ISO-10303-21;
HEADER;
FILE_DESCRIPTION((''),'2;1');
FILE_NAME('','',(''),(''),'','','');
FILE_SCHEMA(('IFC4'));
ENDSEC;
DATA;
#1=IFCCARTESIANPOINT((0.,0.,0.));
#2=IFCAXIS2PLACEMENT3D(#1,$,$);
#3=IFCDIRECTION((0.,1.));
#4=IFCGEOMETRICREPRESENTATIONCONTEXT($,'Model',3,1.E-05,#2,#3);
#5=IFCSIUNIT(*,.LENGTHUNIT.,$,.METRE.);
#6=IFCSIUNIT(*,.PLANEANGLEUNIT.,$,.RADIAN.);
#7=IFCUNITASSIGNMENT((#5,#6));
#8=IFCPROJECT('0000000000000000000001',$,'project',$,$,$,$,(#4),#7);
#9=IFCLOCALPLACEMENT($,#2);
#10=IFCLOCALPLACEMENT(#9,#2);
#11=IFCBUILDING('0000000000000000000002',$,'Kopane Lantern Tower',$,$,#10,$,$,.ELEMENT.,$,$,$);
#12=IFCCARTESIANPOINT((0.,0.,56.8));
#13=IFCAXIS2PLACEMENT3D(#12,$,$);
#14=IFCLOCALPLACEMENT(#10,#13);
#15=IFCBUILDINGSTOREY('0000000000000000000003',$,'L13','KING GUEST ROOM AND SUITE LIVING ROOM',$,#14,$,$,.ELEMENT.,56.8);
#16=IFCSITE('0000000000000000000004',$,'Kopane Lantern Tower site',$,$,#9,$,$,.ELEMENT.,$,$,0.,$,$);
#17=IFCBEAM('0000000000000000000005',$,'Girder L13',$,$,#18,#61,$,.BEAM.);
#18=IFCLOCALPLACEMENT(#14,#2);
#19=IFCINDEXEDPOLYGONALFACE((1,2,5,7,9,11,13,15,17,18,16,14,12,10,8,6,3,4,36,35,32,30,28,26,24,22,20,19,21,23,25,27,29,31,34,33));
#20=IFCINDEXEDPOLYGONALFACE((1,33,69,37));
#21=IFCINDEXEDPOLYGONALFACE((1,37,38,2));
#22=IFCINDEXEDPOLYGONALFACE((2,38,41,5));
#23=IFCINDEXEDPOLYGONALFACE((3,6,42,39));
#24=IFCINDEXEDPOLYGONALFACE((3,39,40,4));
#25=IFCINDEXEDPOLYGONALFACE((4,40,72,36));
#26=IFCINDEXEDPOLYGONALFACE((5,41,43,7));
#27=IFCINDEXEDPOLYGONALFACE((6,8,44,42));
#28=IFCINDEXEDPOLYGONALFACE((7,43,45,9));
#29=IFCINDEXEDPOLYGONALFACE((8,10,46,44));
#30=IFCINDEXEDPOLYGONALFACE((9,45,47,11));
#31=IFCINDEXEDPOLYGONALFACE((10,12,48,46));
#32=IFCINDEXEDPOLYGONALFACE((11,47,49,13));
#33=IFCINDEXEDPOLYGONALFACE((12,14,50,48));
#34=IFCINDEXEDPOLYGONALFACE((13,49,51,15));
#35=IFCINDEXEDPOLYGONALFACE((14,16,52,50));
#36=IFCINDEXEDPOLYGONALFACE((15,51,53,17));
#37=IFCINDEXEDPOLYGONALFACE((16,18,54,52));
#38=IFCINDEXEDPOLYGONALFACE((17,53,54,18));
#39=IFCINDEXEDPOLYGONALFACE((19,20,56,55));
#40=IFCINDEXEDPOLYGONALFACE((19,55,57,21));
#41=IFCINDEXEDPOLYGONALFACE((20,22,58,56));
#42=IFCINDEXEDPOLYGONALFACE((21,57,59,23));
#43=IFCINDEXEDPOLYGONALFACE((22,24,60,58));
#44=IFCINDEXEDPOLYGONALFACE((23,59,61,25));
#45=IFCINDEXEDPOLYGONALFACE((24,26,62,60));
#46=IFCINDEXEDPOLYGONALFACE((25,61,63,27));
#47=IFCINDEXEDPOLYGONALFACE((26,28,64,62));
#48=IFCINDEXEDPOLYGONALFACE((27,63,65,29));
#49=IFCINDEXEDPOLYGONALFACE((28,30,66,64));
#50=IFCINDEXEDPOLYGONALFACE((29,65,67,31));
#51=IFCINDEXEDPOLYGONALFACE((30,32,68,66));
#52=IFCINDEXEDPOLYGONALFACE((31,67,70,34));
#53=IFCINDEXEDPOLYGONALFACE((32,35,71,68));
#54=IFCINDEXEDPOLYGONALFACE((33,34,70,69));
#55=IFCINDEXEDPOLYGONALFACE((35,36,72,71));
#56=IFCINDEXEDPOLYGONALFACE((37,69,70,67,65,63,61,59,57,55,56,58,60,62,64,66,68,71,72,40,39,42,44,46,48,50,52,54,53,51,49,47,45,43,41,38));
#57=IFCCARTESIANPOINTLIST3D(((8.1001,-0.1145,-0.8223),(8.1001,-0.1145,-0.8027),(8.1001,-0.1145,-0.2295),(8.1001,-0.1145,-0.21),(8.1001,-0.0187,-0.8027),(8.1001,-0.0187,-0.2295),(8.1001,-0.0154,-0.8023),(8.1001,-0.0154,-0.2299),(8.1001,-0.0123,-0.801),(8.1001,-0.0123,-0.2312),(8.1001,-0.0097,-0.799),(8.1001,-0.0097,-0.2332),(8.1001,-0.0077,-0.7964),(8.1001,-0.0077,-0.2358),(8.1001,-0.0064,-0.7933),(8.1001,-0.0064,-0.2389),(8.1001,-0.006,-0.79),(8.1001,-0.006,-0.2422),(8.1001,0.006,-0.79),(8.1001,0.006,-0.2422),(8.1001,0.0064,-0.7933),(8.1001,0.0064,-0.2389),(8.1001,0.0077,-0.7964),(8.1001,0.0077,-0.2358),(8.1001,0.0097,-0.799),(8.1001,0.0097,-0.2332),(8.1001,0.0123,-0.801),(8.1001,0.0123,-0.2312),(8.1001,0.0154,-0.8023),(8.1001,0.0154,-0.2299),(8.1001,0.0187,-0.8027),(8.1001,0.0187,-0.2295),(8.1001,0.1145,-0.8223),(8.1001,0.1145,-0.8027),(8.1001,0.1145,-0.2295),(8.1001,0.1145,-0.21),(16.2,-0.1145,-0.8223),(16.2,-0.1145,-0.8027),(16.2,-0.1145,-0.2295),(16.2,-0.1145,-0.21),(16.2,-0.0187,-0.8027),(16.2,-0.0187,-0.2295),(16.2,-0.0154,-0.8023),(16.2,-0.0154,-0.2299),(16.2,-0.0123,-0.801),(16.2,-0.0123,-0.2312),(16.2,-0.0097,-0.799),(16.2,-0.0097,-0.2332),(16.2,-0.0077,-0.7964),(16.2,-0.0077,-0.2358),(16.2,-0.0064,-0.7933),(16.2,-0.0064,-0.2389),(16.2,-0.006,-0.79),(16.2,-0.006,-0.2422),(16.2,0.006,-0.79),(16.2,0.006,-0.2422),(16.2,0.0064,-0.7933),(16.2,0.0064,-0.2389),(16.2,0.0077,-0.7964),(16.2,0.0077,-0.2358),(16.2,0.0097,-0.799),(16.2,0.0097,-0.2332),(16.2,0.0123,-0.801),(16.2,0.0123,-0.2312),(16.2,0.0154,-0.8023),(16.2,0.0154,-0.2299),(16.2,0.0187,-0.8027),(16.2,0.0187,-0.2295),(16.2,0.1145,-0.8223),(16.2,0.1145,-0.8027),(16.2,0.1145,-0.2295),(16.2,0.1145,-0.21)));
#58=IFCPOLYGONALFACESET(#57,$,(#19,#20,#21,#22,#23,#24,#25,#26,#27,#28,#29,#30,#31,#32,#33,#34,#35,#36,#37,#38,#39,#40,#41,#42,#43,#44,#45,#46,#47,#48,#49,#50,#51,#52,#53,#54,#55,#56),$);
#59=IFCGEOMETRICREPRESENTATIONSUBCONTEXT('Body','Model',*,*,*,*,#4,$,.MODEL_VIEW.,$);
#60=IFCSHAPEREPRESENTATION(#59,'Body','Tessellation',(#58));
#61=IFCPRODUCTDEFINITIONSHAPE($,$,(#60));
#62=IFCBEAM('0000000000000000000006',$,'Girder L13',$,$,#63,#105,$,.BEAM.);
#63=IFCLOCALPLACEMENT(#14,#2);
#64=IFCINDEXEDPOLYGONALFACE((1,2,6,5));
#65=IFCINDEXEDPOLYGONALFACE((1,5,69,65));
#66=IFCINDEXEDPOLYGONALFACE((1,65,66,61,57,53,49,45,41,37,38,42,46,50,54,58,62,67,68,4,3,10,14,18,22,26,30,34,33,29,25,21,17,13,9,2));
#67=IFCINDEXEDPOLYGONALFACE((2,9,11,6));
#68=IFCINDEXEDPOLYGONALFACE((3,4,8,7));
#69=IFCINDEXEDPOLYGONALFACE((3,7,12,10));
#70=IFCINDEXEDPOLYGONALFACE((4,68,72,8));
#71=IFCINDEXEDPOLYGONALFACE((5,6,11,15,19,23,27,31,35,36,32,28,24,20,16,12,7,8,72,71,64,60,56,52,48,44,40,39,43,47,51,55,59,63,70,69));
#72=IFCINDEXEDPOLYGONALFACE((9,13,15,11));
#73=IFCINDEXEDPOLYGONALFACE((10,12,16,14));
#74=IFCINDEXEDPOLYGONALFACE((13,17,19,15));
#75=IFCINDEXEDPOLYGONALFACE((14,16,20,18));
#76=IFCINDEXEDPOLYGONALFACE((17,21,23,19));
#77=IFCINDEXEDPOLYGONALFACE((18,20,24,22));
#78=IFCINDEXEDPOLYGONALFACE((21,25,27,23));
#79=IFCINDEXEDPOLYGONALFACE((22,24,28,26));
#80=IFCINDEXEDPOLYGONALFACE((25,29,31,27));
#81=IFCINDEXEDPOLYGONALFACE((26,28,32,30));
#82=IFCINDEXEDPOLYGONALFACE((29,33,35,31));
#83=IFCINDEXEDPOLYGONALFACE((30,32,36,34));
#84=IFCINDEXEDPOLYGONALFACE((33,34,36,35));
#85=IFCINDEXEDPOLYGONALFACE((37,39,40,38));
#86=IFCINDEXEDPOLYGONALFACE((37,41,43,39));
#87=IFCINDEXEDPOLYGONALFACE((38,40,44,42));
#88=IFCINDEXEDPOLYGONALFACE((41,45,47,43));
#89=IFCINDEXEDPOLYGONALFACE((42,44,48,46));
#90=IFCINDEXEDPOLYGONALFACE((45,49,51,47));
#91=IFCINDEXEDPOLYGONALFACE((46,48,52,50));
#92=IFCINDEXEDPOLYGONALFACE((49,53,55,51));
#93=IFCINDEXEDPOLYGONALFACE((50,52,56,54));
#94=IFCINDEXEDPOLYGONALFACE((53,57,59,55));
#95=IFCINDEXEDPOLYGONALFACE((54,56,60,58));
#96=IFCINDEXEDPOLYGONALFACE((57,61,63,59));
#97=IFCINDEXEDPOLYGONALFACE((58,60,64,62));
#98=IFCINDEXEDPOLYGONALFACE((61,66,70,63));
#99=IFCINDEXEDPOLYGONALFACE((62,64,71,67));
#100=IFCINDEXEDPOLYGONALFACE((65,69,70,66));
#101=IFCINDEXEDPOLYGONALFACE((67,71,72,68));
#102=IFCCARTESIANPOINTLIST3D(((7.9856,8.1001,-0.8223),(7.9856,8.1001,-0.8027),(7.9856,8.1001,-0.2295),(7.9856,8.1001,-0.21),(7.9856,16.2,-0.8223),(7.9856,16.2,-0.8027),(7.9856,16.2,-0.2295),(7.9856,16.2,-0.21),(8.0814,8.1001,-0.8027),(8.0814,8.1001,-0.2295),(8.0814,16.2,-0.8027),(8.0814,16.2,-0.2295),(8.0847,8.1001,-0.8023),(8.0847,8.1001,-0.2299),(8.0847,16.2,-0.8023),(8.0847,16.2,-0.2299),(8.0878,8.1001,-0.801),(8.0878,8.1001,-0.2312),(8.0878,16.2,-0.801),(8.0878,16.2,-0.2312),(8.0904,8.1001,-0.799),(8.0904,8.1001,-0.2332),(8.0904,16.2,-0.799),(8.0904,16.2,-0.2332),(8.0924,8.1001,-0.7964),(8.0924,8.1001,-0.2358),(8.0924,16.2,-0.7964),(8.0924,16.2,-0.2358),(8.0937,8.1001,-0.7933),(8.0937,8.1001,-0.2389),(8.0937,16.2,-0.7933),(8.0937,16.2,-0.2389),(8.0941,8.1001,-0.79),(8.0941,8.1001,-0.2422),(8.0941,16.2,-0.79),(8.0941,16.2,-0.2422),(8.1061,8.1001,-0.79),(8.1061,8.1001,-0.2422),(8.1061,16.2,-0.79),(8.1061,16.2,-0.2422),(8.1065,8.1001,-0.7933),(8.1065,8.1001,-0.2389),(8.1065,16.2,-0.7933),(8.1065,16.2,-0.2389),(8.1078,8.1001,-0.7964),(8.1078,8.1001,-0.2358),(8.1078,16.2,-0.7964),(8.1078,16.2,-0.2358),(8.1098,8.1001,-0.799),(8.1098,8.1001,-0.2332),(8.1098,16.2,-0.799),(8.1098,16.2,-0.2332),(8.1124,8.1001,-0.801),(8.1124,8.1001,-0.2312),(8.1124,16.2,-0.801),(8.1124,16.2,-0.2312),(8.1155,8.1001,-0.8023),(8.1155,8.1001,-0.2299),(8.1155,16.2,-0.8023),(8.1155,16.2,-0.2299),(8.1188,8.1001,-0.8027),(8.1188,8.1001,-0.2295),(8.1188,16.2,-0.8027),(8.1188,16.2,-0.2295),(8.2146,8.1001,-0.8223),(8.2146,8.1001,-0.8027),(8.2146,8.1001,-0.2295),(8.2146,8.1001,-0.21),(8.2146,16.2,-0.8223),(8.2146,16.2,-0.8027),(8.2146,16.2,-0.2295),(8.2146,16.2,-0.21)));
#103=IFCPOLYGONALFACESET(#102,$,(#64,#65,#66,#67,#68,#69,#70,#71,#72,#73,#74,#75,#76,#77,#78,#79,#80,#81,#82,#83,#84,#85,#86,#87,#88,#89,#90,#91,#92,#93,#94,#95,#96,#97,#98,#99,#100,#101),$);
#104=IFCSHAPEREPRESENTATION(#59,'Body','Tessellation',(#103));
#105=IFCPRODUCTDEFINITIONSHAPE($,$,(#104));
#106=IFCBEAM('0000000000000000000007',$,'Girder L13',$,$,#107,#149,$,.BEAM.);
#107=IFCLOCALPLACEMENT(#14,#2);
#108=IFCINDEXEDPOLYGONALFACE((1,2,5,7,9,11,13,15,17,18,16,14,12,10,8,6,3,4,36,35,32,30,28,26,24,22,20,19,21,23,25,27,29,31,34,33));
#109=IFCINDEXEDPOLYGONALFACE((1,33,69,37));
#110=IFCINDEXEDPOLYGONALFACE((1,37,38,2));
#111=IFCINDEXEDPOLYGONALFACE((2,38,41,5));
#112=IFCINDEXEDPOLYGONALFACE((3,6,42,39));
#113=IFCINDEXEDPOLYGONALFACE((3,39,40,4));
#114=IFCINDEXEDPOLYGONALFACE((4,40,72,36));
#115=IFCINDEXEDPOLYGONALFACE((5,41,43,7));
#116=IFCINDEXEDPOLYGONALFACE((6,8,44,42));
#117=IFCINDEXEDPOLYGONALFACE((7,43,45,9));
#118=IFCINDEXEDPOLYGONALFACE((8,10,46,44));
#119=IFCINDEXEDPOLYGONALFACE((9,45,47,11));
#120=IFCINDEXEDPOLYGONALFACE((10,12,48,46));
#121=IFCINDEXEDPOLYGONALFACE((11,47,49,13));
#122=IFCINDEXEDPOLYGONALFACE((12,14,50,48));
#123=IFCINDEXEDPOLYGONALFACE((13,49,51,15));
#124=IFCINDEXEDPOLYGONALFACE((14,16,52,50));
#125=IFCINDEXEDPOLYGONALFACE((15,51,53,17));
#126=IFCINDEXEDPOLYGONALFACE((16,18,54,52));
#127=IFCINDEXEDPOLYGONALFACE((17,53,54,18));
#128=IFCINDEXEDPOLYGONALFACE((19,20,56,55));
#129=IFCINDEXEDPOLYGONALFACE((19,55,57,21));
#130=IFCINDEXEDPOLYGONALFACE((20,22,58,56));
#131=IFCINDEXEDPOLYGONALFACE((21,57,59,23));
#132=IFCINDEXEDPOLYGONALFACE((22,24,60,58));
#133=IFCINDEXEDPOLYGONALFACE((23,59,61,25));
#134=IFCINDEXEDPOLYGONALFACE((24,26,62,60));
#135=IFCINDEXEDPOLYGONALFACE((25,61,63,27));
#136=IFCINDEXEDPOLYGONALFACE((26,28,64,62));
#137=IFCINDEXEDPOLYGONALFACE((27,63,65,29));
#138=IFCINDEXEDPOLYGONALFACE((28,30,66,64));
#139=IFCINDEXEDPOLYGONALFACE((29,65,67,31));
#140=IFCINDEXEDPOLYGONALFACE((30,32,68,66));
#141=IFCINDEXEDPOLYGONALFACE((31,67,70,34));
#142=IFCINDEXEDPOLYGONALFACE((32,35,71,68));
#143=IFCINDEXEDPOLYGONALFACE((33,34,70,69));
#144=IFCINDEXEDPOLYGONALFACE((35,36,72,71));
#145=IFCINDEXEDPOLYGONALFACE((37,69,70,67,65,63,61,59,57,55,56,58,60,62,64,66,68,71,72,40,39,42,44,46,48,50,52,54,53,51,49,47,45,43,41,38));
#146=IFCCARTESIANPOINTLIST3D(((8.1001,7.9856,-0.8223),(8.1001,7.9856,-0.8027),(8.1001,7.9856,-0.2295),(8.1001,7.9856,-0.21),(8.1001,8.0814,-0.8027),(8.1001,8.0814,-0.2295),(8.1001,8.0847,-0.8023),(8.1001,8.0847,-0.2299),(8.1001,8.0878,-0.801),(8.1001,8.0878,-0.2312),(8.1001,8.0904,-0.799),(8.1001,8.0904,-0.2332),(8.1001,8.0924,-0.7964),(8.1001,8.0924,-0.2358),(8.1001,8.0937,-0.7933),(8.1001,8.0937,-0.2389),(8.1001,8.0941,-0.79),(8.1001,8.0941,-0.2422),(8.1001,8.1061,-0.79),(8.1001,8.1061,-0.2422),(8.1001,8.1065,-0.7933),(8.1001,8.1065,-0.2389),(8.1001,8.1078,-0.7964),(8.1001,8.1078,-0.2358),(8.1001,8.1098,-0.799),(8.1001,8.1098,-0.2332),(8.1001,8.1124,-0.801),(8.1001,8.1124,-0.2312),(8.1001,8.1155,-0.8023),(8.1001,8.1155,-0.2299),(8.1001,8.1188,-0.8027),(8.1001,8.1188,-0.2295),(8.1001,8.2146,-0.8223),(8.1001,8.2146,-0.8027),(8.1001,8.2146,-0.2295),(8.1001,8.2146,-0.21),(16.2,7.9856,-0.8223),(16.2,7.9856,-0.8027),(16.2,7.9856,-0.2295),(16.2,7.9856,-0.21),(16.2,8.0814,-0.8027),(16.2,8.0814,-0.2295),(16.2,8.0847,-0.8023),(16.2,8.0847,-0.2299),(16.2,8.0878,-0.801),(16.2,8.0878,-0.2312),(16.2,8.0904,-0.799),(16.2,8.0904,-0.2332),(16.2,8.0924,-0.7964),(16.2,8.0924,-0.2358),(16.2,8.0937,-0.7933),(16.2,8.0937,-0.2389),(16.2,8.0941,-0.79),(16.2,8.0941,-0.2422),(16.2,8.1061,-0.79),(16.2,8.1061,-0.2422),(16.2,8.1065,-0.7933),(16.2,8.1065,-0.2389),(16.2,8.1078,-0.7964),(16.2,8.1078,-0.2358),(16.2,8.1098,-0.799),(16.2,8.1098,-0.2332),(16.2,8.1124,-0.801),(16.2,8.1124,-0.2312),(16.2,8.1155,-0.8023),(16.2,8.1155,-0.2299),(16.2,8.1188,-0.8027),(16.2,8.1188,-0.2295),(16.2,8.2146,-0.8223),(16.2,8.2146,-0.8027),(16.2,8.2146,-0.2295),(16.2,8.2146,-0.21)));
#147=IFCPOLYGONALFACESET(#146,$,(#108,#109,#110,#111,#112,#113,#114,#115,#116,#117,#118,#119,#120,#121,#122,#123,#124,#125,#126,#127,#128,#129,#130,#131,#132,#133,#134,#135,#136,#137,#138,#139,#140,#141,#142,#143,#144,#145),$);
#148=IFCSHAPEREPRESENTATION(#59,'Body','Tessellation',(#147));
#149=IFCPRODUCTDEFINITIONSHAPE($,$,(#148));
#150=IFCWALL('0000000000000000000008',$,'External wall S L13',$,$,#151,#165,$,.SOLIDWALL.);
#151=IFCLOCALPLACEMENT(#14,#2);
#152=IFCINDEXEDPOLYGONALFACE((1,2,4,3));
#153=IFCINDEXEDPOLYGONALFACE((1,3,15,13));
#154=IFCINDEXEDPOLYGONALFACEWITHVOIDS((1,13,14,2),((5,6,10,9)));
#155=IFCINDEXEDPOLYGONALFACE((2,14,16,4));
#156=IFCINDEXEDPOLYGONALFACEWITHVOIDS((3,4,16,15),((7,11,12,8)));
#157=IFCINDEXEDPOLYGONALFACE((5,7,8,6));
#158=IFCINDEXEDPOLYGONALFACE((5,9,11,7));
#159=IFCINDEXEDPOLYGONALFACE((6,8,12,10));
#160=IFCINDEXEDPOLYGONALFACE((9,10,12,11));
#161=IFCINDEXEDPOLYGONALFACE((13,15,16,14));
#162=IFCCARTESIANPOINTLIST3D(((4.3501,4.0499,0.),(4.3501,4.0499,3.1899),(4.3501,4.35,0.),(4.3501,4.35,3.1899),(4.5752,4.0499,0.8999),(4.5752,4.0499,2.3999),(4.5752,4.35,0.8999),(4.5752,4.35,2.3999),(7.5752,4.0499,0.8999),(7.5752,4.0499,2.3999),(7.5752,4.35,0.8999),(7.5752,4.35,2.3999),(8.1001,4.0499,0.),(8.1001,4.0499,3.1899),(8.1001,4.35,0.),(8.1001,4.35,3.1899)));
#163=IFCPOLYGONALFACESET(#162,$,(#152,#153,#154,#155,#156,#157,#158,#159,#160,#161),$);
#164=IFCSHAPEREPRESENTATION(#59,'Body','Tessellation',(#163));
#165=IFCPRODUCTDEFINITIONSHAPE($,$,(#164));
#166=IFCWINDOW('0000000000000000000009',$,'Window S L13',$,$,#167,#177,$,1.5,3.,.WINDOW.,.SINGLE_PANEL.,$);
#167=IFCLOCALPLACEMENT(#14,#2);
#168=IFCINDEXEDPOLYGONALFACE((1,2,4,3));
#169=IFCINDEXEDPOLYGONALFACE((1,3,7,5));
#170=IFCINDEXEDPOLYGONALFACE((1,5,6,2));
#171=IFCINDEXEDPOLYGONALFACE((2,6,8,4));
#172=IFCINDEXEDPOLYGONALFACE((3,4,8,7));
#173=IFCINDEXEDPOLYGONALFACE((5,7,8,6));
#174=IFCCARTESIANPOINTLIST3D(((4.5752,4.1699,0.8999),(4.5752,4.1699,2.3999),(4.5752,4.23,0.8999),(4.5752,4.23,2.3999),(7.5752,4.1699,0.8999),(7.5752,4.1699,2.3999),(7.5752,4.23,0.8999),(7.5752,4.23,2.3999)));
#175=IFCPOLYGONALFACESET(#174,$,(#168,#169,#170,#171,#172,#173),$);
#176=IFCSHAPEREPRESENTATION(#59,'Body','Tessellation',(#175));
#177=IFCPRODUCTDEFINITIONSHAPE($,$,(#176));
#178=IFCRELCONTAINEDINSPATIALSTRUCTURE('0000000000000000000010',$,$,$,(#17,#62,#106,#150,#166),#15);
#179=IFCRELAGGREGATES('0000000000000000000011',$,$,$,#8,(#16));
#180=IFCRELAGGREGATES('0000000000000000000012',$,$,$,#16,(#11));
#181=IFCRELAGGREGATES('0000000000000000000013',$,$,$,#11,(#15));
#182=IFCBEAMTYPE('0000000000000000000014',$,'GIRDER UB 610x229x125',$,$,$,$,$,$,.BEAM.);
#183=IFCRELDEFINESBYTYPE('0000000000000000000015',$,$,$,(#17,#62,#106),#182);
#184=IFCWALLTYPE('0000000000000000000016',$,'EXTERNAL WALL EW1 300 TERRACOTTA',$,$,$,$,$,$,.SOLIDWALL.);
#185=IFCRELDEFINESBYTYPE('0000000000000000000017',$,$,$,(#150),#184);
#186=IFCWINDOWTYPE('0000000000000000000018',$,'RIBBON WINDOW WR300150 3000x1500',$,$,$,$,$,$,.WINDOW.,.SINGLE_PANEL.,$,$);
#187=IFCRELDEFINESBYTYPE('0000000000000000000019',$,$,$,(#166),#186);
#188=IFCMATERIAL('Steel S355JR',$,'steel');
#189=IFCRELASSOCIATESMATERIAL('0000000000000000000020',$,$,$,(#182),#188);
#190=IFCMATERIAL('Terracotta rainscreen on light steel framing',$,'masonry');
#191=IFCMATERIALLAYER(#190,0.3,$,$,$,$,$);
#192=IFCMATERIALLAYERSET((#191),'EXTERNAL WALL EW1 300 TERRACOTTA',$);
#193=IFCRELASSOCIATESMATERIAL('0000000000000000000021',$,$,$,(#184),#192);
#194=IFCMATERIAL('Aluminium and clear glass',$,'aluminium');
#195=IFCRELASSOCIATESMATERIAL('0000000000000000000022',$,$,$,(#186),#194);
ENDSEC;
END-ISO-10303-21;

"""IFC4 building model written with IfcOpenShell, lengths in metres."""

from ifc_helpers import new_model, si_unit, direction, frame, frame_2d, origin, origin_2d, place, context, subcontext, project, spatial, rectangle, i_section, extrude, material, layer, layer_set, material_profile, profile_set, type_object, element, fill, save


model = new_model("IFC4")

# Units and contexts
model_context = context("Model", 3, precision=1e-05, world=origin(), true_north=direction((0.0, 1.0)))
body_context = subcontext(model_context, "Body", "Model", "MODEL_VIEW")
ifc_project = project(units=[si_unit("LENGTHUNIT", "METRE"), si_unit("PLANEANGLEUNIT", "RADIAN")], contexts=[model_context])

# Site, building, storey
site_placement = place(None, origin())
site = spatial("IfcSite", under=ifc_project, at=site_placement, Name="Kopane Lantern Tower site", CompositionType="ELEMENT", RefElevation=0.0)
building_placement = place(site_placement, origin())
building = spatial("IfcBuilding", under=site, at=building_placement, Name="Kopane Lantern Tower", CompositionType="ELEMENT")
storey_placement = place(building_placement, frame((0.0, 0.0, 56.8)))
storey = spatial("IfcBuildingStorey", under=building, at=storey_placement, Name="L13", Description="KING GUEST ROOM AND SUITE LIVING ROOM", CompositionType="ELEMENT", Elevation=56.8)

# Beams
ifc_material_1 = material(Name="Steel S355JR", Category="steel")
ifc_material_profile_1 = material_profile(ifc_material_1, i_section(OverallWidth=0.229, OverallDepth=0.6123, WebThickness=0.012, FlangeThickness=0.0195, FilletRadius=0.0127, at=origin_2d()), Name="UB 610x229x125")
ifc_profile_set_1 = profile_set([ifc_material_profile_1], Name="Steel S355JR")
beam_type_1 = type_object("IfcBeamType", Name="GIRDER UB 610x229x125", PredefinedType="BEAM", material=ifc_profile_set_1)
for number, where, z_axis, x_axis, name in (
    (1, (8.1001, 0.0, -0.5161), (1.0, 0.0, 0.0), (0.0, 1.0, 0.0), "Girder L13"),
    (2, (8.1001, 8.1001, -0.5161), (0.0, 1.0, 0.0), (-1.0, 0.0, 0.0), "Girder L13"),
    (3, (8.1001, 8.1001, -0.5161), (1.0, 0.0, 0.0), (0.0, 1.0, 0.0), "Girder L13"),
):
    element("IfcBeam", number, at=place(storey_placement, frame(where, z_axis=z_axis, x_axis=x_axis)), inside=storey, type_object=beam_type_1, Name=name, PredefinedType="BEAM", context=body_context, shape_type="SweptSolid", body=[
        extrude(i_section(OverallWidth=0.229, OverallDepth=0.6123, WebThickness=0.012, FlangeThickness=0.0195, FilletRadius=0.0127, at=origin_2d()), origin(), (0.0, 0.0, 1.0), 8.0999),
    ])

# Shared definitions
ifc_material_2 = material(Name="Terracotta rainscreen on light steel framing", Category="masonry")
ifc_layer = layer(ifc_material_2, 0.3)
ifc_layer_set = layer_set([ifc_layer], Name="EXTERNAL WALL EW1 300 TERRACOTTA")
wall_type = type_object("IfcWallType", Name="EXTERNAL WALL EW1 300 TERRACOTTA", PredefinedType="SOLIDWALL", material=ifc_layer_set)

# Wall, opening, window
wall_1_placement = place(storey_placement, frame((4.3501, 4.2, 0.0), z_axis=(0.0, 0.0, 1.0), x_axis=(1.0, 0.0, 0.0)))
wall_1 = element("IfcWall", 4, at=wall_1_placement, inside=storey, type_object=wall_type, Name="External wall S L13", PredefinedType="SOLIDWALL", context=body_context, shape_type="SweptSolid", body=[
    extrude(rectangle(XDim=3.75, YDim=0.3, at=frame_2d((1.875, 0.0))), origin(), (0.0, 0.0, 1.0), 3.1899),
])
opening_1_placement = place(wall_1_placement, frame((0.2251, 0.0, 0.8999)))
opening_1 = element("IfcOpeningElement", 5, at=opening_1_placement, cuts=wall_1, PredefinedType="OPENING", context=body_context, shape_type="SweptSolid", body=[
    extrude(rectangle(XDim=3.0, YDim=1.5, at=frame_2d((1.5, 0.75))), frame((0.0, 0.1599, 0.0), z_axis=(0.0, -1.0, 0.0), x_axis=(1.0, 0.0, 0.0)), (0.0, 0.0, 1.0), 0.3201),
])
ifc_material_3 = material(Name="Aluminium and clear glass", Category="aluminium")
window_type_1 = type_object("IfcWindowType", Name="RIBBON WINDOW WR300150 3000x1500", PartitioningType="SINGLE_PANEL", PredefinedType="WINDOW", material=ifc_material_3)
window_1_placement = place(opening_1_placement, origin())
window_1 = element("IfcWindow", 6, at=window_1_placement, inside=storey, type_object=window_type_1, Name="Window S L13", OverallHeight=1.5, OverallWidth=3.0, PartitioningType="SINGLE_PANEL", PredefinedType="WINDOW", context=body_context, shape_type="SweptSolid", body=[
    extrude(rectangle(XDim=3.0, YDim=1.5, at=frame_2d((1.5, 0.75))), frame((0.0, 0.03, 0.0), z_axis=(0.0, -1.0, 0.0), x_axis=(1.0, 0.0, 0.0)), (0.0, 0.0, 1.0), 0.0601),
])
fill(opening_1, window_1)

save(model, "model.ifc")
